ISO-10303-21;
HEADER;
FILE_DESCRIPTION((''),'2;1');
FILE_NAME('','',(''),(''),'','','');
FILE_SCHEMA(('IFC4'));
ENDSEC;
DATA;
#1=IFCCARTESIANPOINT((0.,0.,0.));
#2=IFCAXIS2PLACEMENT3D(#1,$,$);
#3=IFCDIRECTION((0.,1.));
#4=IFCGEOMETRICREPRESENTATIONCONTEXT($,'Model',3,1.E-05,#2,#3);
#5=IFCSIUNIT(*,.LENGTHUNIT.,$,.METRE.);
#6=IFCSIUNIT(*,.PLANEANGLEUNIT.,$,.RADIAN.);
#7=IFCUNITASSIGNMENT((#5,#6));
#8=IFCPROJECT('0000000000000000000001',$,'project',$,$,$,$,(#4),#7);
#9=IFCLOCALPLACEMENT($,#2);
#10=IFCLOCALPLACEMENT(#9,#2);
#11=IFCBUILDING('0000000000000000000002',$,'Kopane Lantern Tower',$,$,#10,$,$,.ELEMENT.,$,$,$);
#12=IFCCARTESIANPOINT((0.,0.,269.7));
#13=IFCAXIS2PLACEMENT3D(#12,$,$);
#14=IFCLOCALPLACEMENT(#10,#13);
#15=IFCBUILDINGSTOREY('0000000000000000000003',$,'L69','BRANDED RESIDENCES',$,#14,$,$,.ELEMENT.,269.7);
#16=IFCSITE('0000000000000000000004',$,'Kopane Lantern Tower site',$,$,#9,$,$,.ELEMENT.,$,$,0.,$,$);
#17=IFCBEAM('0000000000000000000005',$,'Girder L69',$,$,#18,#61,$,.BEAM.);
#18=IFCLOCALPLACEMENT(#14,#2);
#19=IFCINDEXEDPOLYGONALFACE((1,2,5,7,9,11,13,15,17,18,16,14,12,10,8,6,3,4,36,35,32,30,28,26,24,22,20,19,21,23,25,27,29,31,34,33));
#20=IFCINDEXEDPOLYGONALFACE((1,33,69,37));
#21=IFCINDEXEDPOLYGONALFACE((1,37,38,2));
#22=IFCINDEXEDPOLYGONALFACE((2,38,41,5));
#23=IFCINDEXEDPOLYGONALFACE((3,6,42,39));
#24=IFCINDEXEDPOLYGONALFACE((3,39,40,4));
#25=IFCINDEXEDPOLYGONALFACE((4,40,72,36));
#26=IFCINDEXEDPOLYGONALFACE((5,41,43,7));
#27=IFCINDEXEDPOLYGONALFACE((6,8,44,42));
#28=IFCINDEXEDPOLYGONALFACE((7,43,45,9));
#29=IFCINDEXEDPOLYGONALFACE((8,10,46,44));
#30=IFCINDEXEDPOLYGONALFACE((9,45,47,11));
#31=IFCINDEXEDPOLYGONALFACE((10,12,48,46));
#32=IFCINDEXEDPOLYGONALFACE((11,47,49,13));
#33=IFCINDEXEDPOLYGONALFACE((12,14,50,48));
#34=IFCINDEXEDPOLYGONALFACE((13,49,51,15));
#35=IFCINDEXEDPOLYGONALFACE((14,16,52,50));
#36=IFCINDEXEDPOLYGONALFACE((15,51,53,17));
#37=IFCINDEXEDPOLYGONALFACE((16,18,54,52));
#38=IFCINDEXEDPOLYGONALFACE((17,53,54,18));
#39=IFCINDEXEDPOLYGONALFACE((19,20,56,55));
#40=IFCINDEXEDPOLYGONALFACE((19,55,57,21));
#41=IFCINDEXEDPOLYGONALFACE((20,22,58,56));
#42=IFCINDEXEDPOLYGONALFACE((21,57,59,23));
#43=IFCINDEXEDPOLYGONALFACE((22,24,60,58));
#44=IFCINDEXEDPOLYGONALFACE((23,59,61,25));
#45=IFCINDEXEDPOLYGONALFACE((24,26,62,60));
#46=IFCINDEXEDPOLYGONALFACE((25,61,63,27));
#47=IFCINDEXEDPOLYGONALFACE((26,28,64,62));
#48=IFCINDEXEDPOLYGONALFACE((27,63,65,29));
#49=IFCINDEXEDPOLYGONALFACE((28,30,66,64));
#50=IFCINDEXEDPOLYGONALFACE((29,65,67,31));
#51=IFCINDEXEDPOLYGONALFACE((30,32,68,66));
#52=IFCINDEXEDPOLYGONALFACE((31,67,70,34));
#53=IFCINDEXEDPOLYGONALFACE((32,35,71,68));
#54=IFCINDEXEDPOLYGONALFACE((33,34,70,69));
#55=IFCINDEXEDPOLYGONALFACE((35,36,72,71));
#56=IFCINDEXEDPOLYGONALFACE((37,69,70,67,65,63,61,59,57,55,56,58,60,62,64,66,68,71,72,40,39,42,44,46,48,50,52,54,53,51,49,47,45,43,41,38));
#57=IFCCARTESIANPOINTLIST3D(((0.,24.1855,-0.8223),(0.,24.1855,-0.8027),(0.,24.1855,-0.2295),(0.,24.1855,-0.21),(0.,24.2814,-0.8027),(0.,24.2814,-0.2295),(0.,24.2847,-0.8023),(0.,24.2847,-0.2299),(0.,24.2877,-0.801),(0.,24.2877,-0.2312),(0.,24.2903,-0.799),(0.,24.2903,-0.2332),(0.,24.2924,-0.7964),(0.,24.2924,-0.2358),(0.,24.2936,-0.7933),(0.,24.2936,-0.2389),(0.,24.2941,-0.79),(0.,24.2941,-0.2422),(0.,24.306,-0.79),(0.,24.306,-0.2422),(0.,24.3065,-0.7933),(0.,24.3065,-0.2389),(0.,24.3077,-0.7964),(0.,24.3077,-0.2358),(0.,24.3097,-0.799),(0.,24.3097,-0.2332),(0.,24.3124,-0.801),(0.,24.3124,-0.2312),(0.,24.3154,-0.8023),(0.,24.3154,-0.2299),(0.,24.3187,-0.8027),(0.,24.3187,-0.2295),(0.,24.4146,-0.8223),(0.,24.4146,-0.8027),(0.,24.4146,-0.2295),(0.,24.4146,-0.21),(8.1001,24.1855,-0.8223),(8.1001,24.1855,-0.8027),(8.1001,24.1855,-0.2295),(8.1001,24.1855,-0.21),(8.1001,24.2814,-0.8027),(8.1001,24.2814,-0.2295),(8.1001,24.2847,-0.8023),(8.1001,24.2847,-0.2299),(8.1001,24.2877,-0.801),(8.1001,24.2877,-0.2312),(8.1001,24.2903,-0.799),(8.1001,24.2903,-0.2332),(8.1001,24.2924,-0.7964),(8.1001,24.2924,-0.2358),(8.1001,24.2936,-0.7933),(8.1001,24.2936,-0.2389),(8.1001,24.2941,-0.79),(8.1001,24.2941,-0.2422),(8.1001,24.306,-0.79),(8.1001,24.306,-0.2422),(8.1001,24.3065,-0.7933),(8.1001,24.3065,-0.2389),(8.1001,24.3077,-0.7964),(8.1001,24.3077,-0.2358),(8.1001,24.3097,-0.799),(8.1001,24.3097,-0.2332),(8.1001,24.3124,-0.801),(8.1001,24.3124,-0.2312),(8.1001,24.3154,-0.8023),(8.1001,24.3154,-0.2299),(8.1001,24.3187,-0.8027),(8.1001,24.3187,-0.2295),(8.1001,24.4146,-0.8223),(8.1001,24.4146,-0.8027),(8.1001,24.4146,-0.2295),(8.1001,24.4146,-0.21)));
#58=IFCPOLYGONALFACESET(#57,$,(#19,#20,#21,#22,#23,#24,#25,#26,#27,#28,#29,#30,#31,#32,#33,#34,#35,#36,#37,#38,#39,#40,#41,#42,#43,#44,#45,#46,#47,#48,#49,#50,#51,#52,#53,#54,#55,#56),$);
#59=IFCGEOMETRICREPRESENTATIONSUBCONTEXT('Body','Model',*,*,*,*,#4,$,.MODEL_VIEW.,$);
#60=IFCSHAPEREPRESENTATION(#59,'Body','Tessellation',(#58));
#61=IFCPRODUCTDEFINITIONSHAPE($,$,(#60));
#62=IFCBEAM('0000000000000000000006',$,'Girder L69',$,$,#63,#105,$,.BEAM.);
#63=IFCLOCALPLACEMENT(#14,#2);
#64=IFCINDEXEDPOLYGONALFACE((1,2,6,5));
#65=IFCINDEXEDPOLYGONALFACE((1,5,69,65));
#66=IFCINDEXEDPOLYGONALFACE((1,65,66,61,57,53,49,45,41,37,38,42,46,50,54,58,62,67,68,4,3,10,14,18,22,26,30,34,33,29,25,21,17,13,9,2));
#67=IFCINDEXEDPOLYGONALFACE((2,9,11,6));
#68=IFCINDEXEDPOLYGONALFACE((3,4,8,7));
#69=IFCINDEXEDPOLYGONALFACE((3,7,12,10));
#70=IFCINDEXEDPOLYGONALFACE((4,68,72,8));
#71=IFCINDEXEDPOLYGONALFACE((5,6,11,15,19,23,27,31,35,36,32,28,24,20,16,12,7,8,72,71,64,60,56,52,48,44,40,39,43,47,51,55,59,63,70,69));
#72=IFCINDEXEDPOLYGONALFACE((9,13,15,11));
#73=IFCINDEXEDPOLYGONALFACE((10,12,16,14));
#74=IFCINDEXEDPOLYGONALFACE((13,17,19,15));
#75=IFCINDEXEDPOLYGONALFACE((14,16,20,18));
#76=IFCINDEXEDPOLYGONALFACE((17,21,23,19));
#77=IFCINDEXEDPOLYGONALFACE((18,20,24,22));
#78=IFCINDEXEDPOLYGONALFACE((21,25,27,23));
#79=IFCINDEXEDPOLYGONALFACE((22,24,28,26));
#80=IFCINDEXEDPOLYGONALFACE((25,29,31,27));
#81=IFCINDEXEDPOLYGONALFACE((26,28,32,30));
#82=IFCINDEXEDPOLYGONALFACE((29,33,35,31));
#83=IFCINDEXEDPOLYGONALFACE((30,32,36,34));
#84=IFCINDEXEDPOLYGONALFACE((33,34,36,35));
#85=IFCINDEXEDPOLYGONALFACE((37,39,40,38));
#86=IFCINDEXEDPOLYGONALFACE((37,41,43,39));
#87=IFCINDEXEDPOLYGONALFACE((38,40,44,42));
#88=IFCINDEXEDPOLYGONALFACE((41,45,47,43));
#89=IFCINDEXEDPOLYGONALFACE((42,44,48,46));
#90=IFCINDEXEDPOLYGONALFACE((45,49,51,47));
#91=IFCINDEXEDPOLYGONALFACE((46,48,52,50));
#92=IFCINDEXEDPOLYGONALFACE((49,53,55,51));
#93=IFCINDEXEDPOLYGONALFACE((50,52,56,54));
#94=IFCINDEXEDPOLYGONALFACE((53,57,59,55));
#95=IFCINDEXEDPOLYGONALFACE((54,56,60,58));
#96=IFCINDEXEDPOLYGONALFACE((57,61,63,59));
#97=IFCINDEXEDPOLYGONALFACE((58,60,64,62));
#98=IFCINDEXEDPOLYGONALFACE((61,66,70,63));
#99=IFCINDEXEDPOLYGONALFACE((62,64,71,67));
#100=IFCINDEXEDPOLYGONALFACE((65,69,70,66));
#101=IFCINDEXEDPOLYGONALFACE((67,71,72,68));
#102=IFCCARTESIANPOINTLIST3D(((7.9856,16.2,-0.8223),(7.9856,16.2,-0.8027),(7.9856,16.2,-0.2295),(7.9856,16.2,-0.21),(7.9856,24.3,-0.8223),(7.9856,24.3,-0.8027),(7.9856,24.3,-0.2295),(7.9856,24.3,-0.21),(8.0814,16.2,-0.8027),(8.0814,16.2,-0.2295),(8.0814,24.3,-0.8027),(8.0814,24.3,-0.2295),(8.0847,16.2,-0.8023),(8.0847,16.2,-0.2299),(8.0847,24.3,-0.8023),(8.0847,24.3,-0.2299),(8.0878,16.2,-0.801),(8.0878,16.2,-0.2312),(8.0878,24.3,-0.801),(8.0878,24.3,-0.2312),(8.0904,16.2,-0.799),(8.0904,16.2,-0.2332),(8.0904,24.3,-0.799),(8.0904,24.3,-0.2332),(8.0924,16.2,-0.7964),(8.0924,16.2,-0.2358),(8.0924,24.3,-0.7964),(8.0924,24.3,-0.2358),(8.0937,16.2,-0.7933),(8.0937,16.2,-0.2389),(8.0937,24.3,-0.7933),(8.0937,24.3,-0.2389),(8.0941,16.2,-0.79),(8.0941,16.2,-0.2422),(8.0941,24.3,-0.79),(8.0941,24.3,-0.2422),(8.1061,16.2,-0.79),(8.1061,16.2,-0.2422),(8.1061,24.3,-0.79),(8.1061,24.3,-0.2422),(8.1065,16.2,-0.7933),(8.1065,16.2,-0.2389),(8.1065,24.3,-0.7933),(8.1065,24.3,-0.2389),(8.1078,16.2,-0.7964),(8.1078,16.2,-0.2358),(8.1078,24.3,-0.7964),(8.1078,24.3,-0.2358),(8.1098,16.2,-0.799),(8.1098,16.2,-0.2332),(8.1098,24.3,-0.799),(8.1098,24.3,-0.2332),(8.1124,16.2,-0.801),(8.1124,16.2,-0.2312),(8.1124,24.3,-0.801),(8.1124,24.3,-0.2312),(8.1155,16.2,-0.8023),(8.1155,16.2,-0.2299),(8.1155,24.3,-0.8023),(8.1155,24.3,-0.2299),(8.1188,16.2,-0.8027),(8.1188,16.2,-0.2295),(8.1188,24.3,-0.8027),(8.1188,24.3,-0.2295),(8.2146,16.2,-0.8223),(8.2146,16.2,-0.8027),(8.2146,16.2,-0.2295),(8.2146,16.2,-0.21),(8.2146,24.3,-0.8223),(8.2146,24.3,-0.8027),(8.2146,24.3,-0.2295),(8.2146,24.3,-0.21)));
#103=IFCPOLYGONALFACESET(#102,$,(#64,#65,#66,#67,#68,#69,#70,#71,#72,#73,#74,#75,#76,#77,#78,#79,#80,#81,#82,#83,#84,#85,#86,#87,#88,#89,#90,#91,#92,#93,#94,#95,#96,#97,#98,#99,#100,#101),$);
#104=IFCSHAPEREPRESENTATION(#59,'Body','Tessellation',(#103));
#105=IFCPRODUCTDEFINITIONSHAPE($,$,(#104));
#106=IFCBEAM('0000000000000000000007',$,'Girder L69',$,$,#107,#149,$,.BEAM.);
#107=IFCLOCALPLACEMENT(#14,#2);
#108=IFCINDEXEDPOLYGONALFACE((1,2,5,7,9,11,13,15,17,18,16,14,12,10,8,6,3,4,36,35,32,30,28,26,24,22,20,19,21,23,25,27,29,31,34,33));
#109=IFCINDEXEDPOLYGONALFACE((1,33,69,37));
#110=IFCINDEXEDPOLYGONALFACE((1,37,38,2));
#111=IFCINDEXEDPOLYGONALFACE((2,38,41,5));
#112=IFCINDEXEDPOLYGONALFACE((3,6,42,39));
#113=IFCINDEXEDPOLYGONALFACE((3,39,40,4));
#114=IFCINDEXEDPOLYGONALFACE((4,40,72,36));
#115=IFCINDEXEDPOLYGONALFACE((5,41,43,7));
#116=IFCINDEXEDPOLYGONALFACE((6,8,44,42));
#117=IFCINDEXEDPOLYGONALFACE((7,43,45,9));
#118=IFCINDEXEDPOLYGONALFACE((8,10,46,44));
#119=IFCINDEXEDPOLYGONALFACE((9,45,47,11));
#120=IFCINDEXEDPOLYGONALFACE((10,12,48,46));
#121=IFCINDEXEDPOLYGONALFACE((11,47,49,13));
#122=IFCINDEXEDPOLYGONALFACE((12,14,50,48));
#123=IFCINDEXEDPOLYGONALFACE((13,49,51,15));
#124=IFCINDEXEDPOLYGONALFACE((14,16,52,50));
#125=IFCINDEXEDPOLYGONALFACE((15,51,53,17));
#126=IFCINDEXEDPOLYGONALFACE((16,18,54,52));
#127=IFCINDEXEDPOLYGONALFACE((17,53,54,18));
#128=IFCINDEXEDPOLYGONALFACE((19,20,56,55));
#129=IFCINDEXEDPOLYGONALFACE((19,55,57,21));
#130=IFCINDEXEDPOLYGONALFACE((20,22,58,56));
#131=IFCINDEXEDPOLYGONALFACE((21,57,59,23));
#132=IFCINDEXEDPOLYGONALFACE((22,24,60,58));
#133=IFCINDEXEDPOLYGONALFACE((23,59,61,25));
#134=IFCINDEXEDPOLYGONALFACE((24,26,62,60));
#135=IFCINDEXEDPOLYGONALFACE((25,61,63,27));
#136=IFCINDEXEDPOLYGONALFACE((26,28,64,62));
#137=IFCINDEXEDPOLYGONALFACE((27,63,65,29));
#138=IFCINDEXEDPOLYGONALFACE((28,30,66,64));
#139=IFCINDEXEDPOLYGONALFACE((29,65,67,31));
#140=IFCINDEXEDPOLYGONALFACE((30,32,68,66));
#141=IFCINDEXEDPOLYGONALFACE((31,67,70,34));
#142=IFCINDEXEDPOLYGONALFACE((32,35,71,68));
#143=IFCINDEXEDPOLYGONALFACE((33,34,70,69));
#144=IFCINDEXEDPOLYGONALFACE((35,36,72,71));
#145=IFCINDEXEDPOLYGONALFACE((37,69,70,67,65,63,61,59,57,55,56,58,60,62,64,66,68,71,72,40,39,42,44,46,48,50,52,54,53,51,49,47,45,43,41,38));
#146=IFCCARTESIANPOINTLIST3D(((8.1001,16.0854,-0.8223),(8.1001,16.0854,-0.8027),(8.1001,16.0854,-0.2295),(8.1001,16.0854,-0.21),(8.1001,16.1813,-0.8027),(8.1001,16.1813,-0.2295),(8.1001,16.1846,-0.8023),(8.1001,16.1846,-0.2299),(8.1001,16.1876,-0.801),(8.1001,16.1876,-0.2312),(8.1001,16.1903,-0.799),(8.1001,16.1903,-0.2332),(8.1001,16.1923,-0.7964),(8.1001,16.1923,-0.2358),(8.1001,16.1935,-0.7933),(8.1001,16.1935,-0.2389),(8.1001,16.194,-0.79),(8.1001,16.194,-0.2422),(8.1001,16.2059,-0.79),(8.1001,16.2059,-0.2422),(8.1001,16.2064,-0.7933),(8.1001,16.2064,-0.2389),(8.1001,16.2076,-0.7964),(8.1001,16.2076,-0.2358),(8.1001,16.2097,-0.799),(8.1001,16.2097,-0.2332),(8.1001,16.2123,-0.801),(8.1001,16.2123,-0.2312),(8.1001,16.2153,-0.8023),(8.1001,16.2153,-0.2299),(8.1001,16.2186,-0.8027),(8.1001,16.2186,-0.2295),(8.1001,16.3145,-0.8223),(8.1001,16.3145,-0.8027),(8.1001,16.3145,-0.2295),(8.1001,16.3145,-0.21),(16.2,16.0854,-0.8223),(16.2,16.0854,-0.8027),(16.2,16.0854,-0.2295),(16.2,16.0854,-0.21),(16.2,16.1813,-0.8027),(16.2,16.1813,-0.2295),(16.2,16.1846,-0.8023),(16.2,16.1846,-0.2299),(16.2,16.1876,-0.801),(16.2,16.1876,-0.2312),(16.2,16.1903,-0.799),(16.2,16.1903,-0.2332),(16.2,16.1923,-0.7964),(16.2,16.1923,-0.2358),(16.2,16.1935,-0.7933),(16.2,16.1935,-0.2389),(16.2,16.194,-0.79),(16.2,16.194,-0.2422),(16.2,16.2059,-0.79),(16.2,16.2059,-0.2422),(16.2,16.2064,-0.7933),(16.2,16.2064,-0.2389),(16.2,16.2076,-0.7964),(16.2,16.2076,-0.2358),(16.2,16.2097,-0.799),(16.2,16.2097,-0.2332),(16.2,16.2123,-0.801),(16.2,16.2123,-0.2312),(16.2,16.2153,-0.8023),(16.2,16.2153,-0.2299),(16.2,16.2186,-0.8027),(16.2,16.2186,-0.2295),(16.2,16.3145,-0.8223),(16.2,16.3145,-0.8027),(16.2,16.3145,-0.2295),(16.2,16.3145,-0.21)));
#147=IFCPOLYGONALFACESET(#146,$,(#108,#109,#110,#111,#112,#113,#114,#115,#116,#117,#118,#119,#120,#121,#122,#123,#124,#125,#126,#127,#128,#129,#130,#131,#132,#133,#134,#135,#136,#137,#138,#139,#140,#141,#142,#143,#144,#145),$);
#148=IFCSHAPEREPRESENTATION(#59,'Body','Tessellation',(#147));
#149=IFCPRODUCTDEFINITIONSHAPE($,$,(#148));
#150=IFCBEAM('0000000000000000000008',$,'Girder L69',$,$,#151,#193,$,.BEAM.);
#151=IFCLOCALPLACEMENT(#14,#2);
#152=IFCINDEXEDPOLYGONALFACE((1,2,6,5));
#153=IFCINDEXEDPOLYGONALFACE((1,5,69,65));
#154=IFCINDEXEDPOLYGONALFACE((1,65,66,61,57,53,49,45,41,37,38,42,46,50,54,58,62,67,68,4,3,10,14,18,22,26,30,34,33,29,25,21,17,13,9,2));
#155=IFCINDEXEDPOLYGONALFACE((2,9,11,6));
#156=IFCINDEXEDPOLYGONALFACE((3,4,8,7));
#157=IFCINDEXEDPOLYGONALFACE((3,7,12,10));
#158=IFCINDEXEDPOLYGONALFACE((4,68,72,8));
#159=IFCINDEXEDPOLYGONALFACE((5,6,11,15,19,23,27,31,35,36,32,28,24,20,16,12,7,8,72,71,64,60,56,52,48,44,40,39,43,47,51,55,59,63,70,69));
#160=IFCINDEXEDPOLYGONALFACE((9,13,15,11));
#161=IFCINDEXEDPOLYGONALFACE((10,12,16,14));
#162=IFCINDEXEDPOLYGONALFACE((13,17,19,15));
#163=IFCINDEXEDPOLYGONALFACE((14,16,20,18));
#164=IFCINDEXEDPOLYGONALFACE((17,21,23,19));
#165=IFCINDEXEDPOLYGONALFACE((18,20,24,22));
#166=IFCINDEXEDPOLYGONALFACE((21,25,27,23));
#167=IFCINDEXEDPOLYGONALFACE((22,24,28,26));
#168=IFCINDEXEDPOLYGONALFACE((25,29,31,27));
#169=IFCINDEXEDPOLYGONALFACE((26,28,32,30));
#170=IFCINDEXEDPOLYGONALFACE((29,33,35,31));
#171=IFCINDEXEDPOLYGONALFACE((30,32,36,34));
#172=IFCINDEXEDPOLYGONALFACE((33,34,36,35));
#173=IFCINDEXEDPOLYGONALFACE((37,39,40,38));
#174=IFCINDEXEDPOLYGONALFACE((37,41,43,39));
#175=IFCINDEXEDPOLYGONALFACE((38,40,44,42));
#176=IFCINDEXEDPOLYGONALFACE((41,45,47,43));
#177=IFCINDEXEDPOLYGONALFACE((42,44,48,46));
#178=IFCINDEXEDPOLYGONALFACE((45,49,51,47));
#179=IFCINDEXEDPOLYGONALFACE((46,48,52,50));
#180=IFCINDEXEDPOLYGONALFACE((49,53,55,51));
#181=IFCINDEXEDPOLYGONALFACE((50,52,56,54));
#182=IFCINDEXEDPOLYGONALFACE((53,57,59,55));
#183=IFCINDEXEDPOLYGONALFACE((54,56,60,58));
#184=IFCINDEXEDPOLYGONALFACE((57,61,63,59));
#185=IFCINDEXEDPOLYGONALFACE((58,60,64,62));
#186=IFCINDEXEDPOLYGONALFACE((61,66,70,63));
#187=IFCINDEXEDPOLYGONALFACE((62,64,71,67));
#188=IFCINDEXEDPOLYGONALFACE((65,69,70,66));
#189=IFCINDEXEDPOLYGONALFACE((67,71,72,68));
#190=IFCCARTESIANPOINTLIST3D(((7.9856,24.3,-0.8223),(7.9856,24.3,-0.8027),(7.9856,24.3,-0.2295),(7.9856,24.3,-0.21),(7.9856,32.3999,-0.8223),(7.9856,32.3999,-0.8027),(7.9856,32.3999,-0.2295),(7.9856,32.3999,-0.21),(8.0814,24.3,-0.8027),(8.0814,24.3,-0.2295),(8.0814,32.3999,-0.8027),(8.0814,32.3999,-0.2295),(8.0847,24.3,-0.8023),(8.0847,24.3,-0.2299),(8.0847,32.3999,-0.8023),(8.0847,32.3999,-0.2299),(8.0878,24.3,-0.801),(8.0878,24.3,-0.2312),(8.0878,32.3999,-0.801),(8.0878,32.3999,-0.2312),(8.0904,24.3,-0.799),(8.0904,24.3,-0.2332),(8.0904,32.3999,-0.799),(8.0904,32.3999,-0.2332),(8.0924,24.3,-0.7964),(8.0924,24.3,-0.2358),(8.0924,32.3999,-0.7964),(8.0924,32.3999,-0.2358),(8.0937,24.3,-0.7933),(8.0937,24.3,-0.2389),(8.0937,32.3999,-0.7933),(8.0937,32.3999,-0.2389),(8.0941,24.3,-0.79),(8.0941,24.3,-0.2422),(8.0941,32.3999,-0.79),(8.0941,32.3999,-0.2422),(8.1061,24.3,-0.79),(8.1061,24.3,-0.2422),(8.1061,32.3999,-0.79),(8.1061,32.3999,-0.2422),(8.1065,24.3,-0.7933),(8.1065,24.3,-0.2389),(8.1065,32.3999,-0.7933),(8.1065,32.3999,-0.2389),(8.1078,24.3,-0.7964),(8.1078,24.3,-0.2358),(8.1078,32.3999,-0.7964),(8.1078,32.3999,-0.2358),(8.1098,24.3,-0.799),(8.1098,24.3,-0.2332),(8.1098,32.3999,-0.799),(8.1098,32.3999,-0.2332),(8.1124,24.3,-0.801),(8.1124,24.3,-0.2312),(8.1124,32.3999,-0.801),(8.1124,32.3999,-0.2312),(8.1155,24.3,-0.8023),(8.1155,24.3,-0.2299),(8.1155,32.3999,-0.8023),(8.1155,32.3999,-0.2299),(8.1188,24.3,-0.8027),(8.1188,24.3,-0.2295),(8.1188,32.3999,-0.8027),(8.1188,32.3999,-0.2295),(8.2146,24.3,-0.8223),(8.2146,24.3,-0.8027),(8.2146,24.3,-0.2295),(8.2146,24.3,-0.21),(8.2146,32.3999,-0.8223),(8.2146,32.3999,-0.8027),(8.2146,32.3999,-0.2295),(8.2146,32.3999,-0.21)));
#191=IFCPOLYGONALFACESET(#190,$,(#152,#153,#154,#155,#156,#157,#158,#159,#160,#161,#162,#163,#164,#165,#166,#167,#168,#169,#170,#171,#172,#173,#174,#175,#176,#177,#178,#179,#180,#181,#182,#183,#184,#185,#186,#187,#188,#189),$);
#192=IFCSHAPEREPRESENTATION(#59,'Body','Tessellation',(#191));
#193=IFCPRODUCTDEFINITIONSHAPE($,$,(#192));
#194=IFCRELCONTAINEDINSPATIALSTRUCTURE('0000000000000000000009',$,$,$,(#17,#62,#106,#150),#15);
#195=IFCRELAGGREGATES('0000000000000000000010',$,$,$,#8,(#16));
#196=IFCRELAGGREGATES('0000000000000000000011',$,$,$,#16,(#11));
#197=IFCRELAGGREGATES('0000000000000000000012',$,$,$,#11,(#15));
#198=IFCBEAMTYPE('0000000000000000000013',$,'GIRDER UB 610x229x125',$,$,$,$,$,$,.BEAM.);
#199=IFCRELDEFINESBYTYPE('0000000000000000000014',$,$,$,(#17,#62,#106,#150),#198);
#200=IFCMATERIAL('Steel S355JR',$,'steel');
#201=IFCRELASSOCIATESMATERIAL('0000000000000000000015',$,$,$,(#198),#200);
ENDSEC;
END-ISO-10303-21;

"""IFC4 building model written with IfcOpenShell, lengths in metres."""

from ifc_helpers import new_model, si_unit, direction, frame, origin, origin_2d, place, context, subcontext, project, spatial, i_section, extrude, material, material_profile, profile_set, type_object, element, save


model = new_model("IFC4")

# Units and contexts
model_context = context("Model", 3, precision=1e-05, world=origin(), true_north=direction((0.0, 1.0)))
body_context = subcontext(model_context, "Body", "Model", "MODEL_VIEW")
ifc_project = project(units=[si_unit("LENGTHUNIT", "METRE"), si_unit("PLANEANGLEUNIT", "RADIAN")], contexts=[model_context])

# Site, building, storey
site_placement = place(None, origin())
site = spatial("IfcSite", under=ifc_project, at=site_placement, Name="Kopane Lantern Tower site", CompositionType="ELEMENT", RefElevation=0.0)
building_placement = place(site_placement, origin())
building = spatial("IfcBuilding", under=site, at=building_placement, Name="Kopane Lantern Tower", CompositionType="ELEMENT")
storey_placement = place(building_placement, frame((0.0, 0.0, 269.7)))
storey = spatial("IfcBuildingStorey", under=building, at=storey_placement, Name="L69", Description="BRANDED RESIDENCES", CompositionType="ELEMENT", Elevation=269.7)

# Beams
ifc_material_1 = material(Name="Steel S355JR", Category="steel")
ifc_material_profile_1 = material_profile(ifc_material_1, i_section(OverallWidth=0.229, OverallDepth=0.6123, WebThickness=0.012, FlangeThickness=0.0195, FilletRadius=0.0127, at=origin_2d()), Name="UB 610x229x125")
ifc_profile_set_1 = profile_set([ifc_material_profile_1], Name="Steel S355JR")
beam_type_1 = type_object("IfcBeamType", Name="GIRDER UB 610x229x125", PredefinedType="BEAM", material=ifc_profile_set_1)
for number, where, z_axis, x_axis, name in (
    (1, (0.0, 24.3, -0.5161), (1.0, 0.0, 0.0), (0.0, 1.0, 0.0), "Girder L69"),
    (2, (8.1001, 16.2, -0.5161), (0.0, 1.0, 0.0), (-1.0, 0.0, 0.0), "Girder L69"),
):
    element("IfcBeam", number, at=place(storey_placement, frame(where, z_axis=z_axis, x_axis=x_axis)), inside=storey, type_object=beam_type_1, Name=name, PredefinedType="BEAM", context=body_context, shape_type="SweptSolid", body=[
        extrude(i_section(OverallWidth=0.229, OverallDepth=0.6123, WebThickness=0.012, FlangeThickness=0.0195, FilletRadius=0.0127, at=origin_2d()), origin(), (0.0, 0.0, 1.0), 8.1001),
    ])
for number, where, z_axis, x_axis, name in (
    (3, (8.1001, 16.2, -0.5161), (1.0, 0.0, 0.0), (0.0, 1.0, 0.0), "Girder L69"),
    (4, (8.1001, 24.3, -0.5161), (0.0, 1.0, 0.0), (-1.0, 0.0, 0.0), "Girder L69"),
):
    element("IfcBeam", number, at=place(storey_placement, frame(where, z_axis=z_axis, x_axis=x_axis)), inside=storey, type_object=beam_type_1, Name=name, PredefinedType="BEAM", context=body_context, shape_type="SweptSolid", body=[
        extrude(i_section(OverallWidth=0.229, OverallDepth=0.6123, WebThickness=0.012, FlangeThickness=0.0195, FilletRadius=0.0127, at=origin_2d()), origin(), (0.0, 0.0, 1.0), 8.0999),
    ])

save(model, "model.ifc")
